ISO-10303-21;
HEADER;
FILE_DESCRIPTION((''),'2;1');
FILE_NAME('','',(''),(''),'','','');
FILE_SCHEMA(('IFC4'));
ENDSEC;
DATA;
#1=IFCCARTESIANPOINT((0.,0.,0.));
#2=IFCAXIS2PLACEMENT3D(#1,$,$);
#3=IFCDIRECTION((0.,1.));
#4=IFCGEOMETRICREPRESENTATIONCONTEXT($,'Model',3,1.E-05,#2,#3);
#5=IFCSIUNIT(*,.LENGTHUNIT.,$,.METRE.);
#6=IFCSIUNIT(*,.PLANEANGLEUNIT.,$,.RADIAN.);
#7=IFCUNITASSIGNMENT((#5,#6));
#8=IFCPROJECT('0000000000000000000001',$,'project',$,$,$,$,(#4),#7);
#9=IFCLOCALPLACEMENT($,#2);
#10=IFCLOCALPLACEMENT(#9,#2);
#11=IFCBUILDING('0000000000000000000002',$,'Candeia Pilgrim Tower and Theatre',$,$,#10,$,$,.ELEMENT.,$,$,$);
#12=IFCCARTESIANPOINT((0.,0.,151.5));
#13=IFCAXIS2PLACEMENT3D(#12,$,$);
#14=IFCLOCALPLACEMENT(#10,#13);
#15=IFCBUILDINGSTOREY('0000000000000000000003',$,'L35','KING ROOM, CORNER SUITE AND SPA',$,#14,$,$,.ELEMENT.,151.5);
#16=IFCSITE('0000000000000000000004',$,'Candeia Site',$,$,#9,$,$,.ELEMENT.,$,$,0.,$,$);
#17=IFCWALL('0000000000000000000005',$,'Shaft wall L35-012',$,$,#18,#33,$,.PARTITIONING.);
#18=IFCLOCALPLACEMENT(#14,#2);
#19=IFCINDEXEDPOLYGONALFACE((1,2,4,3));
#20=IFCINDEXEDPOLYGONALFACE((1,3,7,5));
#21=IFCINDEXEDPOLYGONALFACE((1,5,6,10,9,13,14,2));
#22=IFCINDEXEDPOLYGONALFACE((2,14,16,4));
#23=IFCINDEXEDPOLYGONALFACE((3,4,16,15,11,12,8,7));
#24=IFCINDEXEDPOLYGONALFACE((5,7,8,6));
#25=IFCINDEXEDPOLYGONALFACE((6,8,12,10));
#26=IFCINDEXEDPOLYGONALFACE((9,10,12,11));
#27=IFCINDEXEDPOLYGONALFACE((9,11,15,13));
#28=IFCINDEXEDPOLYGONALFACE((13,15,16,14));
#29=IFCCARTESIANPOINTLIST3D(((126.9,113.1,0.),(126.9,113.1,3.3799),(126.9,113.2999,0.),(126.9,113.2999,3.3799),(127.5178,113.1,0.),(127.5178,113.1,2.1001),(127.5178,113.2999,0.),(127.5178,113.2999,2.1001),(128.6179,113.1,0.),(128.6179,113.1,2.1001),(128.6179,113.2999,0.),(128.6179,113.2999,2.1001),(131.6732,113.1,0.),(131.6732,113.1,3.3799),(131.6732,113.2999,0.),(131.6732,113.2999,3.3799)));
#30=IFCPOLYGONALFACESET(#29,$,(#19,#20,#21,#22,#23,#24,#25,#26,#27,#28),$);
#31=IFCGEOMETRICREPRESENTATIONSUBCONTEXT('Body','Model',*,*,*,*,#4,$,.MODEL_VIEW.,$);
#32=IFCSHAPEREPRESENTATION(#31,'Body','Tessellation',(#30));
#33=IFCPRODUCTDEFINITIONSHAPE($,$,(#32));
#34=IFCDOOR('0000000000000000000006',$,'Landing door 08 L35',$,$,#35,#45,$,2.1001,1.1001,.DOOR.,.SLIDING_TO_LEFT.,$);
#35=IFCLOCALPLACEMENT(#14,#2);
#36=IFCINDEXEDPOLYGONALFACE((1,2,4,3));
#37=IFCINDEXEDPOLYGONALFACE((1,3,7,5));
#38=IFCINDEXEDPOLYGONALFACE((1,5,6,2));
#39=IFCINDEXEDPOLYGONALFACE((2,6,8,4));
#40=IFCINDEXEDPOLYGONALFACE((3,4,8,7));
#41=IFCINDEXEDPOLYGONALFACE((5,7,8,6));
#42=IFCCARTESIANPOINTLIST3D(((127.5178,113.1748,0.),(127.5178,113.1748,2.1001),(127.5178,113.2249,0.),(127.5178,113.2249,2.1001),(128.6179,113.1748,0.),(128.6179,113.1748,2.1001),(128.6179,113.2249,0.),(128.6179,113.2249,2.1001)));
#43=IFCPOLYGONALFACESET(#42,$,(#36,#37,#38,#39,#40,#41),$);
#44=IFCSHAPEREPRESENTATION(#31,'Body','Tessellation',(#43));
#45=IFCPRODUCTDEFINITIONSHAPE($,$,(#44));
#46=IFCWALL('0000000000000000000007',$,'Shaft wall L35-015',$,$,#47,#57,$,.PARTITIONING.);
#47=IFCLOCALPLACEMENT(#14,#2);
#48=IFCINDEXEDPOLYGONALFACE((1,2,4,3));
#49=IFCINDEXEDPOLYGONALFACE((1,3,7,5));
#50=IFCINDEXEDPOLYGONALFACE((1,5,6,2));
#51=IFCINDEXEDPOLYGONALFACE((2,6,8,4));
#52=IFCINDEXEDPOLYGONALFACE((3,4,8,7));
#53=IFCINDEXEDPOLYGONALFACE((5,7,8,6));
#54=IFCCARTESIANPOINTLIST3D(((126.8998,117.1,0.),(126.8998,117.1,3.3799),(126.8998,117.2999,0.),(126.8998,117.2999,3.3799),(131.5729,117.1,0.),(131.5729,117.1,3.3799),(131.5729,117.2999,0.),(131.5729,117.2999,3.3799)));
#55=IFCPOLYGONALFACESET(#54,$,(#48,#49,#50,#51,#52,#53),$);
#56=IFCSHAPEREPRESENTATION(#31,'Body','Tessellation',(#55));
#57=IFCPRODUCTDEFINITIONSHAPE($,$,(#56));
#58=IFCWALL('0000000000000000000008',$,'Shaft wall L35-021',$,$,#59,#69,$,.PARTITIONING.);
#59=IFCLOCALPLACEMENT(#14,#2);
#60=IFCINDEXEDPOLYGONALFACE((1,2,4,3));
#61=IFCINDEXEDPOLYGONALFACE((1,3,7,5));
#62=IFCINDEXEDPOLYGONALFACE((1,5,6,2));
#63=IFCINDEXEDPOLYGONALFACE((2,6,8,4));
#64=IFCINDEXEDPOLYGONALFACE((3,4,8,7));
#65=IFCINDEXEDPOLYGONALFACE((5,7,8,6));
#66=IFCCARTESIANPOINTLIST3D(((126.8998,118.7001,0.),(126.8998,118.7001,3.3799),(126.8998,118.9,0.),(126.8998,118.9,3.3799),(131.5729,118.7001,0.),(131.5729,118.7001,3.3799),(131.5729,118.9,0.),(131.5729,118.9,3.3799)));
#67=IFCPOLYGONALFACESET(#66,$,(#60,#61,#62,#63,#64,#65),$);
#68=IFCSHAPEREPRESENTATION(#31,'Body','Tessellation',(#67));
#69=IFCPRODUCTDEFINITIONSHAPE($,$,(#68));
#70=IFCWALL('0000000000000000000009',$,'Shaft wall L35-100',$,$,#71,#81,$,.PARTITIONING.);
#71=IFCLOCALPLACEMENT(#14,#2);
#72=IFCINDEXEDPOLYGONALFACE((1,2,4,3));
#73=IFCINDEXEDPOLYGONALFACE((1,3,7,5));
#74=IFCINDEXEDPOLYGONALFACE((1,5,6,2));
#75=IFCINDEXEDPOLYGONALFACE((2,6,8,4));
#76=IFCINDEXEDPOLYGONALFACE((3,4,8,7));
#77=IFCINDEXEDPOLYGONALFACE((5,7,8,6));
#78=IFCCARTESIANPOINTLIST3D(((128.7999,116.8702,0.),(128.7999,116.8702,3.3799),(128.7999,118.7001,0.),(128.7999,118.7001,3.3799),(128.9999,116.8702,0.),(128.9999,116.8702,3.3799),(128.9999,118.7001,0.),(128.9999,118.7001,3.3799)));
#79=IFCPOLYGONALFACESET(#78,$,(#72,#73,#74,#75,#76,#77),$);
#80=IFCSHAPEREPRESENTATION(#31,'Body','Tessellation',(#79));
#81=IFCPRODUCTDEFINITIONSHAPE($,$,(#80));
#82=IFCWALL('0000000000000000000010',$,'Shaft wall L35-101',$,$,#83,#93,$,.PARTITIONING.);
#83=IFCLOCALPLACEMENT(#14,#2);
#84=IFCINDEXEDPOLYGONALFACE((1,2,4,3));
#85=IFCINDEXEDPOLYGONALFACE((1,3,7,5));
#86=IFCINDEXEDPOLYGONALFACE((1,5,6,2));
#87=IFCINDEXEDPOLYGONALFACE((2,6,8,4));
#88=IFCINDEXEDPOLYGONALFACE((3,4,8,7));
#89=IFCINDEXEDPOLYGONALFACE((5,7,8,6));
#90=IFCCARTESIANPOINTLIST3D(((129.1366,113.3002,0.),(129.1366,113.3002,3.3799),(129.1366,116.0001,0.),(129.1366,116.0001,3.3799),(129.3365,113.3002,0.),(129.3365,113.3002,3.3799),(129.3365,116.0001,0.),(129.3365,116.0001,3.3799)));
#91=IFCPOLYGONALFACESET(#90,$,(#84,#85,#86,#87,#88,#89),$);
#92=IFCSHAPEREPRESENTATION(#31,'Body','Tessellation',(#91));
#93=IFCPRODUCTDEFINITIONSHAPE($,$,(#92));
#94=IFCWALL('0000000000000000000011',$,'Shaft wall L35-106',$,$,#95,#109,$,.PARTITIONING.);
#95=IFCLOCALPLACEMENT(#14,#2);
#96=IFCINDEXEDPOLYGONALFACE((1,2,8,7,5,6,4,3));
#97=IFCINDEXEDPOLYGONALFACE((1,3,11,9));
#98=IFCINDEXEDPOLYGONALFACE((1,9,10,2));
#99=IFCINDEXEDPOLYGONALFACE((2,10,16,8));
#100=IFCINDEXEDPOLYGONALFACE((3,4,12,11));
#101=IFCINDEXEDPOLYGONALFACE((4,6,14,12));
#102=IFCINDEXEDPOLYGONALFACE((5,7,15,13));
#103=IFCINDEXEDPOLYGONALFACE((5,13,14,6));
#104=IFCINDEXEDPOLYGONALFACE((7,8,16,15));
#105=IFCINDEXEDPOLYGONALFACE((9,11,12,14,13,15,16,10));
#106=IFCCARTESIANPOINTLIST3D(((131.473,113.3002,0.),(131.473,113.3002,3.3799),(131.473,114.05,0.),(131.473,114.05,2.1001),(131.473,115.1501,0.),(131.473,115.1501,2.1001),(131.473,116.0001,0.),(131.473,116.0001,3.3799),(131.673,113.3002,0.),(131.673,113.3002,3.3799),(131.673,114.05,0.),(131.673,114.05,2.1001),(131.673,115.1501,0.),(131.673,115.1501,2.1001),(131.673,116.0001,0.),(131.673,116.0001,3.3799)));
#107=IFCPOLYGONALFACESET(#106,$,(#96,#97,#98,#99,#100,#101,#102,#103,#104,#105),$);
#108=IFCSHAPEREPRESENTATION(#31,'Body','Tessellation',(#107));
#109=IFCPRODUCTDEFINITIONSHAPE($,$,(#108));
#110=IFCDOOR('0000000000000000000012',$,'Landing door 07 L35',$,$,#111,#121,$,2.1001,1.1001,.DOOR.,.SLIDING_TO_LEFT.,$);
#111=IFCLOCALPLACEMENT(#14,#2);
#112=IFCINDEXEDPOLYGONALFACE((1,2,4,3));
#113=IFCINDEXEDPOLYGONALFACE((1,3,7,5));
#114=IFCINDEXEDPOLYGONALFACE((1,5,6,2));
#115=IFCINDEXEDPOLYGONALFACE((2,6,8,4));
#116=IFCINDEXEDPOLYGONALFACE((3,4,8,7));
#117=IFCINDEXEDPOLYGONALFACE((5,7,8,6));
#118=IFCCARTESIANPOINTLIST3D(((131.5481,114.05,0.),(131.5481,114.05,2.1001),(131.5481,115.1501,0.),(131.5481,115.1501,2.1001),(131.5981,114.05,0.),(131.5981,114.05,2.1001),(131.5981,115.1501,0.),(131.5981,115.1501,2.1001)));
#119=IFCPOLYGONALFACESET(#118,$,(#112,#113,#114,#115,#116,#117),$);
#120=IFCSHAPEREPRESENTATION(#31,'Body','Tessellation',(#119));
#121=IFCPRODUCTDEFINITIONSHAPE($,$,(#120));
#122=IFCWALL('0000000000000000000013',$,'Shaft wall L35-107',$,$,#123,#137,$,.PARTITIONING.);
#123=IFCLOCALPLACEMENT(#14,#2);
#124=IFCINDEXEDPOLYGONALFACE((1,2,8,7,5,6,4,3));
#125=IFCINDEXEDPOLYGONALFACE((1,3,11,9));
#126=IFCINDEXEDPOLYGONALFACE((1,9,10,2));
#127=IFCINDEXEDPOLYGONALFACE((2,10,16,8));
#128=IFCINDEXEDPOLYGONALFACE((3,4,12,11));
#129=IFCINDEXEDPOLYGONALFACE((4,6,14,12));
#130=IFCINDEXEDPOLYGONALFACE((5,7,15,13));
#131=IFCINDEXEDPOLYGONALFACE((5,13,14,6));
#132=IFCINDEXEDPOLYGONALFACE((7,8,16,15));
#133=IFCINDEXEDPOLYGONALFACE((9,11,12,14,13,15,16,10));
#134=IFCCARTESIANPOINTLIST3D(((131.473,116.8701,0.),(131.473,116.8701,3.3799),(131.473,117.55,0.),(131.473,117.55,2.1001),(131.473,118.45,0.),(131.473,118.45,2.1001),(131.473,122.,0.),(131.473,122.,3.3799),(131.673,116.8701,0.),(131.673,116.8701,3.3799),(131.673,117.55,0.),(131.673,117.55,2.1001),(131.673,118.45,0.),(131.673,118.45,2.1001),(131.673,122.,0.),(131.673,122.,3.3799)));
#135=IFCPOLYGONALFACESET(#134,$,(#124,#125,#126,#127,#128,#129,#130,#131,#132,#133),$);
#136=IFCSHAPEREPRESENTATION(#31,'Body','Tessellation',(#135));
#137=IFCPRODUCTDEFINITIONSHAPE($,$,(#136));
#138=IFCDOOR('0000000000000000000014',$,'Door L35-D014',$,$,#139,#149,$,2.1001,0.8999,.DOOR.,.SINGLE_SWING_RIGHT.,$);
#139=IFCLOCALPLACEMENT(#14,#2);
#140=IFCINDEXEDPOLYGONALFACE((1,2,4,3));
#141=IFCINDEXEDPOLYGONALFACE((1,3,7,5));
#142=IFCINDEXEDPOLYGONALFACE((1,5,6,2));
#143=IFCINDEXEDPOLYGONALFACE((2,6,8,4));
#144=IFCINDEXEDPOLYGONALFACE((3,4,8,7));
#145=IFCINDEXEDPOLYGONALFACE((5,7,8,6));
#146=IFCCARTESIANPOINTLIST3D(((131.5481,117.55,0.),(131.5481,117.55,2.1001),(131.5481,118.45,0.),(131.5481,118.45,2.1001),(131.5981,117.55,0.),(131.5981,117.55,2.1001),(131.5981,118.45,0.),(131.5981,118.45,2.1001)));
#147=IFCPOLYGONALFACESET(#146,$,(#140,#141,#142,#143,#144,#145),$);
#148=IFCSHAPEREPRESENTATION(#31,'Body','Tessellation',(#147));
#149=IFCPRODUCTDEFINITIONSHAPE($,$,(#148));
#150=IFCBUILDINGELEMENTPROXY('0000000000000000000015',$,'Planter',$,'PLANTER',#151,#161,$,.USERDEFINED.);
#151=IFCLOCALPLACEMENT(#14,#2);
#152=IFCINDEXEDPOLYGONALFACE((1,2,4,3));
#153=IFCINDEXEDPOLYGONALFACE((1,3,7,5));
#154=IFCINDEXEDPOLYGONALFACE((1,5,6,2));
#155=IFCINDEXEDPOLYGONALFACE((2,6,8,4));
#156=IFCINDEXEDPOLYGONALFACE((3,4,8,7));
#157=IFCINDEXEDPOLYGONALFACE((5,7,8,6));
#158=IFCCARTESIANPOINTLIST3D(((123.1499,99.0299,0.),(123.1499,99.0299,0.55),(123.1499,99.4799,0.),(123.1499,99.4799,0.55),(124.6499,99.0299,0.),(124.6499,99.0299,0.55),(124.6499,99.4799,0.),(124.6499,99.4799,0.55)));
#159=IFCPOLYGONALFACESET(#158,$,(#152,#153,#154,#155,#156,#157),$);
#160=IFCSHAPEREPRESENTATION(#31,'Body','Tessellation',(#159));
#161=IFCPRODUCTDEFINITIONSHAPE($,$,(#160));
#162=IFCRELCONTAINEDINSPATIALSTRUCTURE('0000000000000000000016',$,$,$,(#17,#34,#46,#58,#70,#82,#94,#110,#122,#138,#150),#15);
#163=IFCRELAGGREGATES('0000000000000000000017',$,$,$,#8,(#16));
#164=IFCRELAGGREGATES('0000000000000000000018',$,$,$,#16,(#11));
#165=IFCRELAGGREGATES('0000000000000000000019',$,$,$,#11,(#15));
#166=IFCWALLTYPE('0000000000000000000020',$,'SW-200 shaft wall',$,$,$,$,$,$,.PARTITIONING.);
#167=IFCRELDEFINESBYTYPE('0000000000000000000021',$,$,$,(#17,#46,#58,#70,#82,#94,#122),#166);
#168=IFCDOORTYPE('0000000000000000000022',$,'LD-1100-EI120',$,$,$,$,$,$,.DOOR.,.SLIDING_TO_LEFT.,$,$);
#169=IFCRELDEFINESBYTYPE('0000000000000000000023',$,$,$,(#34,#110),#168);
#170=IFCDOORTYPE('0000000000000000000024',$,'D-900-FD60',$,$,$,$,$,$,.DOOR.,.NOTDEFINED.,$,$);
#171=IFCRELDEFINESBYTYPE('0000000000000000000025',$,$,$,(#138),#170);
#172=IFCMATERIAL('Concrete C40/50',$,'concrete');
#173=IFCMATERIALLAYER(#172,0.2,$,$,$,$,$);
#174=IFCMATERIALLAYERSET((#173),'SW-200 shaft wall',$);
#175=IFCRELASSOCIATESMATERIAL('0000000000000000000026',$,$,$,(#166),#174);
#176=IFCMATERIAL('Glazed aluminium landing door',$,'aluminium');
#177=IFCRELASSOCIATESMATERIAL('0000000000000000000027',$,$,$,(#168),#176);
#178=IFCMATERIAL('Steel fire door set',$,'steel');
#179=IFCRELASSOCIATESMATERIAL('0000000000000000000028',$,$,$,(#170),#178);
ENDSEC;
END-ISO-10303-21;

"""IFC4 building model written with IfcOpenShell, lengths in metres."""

from ifc_helpers import new_model, si_unit, direction, frame, frame_2d, origin, origin_2d, place, context, subcontext, project, spatial, rectangle, extrude, material, layer, layer_set, type_object, element, fill, save


model = new_model("IFC4")

# Units and contexts
model_context = context("Model", 3, precision=1e-05, world=origin(), true_north=direction((0.0, 1.0)))
body_context = subcontext(model_context, "Body", "Model", "MODEL_VIEW")
ifc_project = project(units=[si_unit("LENGTHUNIT", "METRE"), si_unit("PLANEANGLEUNIT", "RADIAN")], contexts=[model_context])

# Site, building, storey
site_placement = place(None, origin())
site = spatial("IfcSite", under=ifc_project, at=site_placement, Name="Candeia Site", CompositionType="ELEMENT", RefElevation=0.0)
building_placement = place(site_placement, origin())
building = spatial("IfcBuilding", under=site, at=building_placement, Name="Candeia Pilgrim Tower and Theatre", CompositionType="ELEMENT")
storey_placement = place(building_placement, frame((0.0, 0.0, 151.5)))
storey = spatial("IfcBuildingStorey", under=building, at=storey_placement, Name="L35", Description="KING ROOM, CORNER SUITE AND SPA", CompositionType="ELEMENT", Elevation=151.5)

# Shared definitions
ifc_material_1 = material(Name="Steel fire door set", Category="steel")

# Wall, opening, door
ifc_material_2 = material(Name="Concrete C40/50", Category="concrete")
ifc_layer_1 = layer(ifc_material_2, 0.2)
ifc_layer_set_1 = layer_set([ifc_layer_1], Name="SW-200 shaft wall")
wall_type_1 = type_object("IfcWallType", Name="SW-200 shaft wall", PredefinedType="PARTITIONING", material=ifc_layer_set_1)
wall_1_placement = place(storey_placement, frame((126.8999, 113.2, 0.0), z_axis=(0.0, 0.0, 1.0), x_axis=(1.0, 0.0, 0.0)))
wall_1 = element("IfcWall", 1, at=wall_1_placement, inside=storey, type_object=wall_type_1, Name="Shaft wall L35-012", PredefinedType="PARTITIONING", context=body_context, shape_type="SweptSolid", body=[
    extrude(rectangle(XDim=4.7732, YDim=0.2, at=frame_2d((2.3867, 0.0))), origin(), (0.0, 0.0, 1.0), 3.3799),
])
opening_1_placement = place(wall_1_placement, frame((0.6179, 0.0, 0.0)))
opening_1 = element("IfcOpeningElement", 2, at=opening_1_placement, cuts=wall_1, PredefinedType="OPENING", context=body_context, shape_type="SweptSolid", body=[
    extrude(rectangle(XDim=1.1001, YDim=2.1001, at=frame_2d((0.55, 1.05))), frame((0.0, 0.1099, 0.0), z_axis=(0.0, -1.0, 0.0), x_axis=(1.0, 0.0, 0.0)), (0.0, 0.0, 1.0), 0.22),
])
ifc_material_3 = material(Name="Glazed aluminium landing door", Category="aluminium")
door_type_1 = type_object("IfcDoorType", Name="LD-1100-EI120", OperationType="SLIDING_TO_LEFT", PredefinedType="DOOR", material=ifc_material_3)
door_1_placement = place(opening_1_placement, origin())
door_1 = element("IfcDoor", 3, at=door_1_placement, inside=storey, type_object=door_type_1, Name="Landing door 08 L35", OperationType="SLIDING_TO_LEFT", OverallHeight=2.1001, OverallWidth=1.1001, PredefinedType="DOOR", context=body_context, shape_type="SweptSolid", body=[
    extrude(rectangle(XDim=1.1001, YDim=2.1001, at=frame_2d((0.55, 1.05))), frame((0.0, 0.0249, 0.0), z_axis=(0.0, -1.0, 0.0), x_axis=(1.0, 0.0, 0.0)), (0.0, 0.0, 1.0), 0.05),
])
fill(opening_1, door_1)

# Walls
for number, where, z_axis, x_axis, name in (
    (4, (126.8999, 117.2, 0.0), (0.0, 0.0, 1.0), (1.0, 0.0, 0.0), "Shaft wall L35-015"),
    (5, (126.8999, 118.8, 0.0), (0.0, 0.0, 1.0), (1.0, 0.0, 0.0), "Shaft wall L35-021"),
):
    element("IfcWall", number, at=place(storey_placement, frame(where, z_axis=z_axis, x_axis=x_axis)), inside=storey, type_object=wall_type_1, Name=name, PredefinedType="PARTITIONING", context=body_context, shape_type="SweptSolid", body=[
        extrude(rectangle(XDim=4.6731, YDim=0.2, at=frame_2d((2.3364, 0.0))), origin(), (0.0, 0.0, 1.0), 3.3799),
    ])
wall_2_placement = place(storey_placement, frame((128.8999, 116.8701, 0.0), z_axis=(0.0, 0.0, 1.0), x_axis=(0.0, 1.0, 0.0)))
element("IfcWall", 6, at=wall_2_placement, inside=storey, type_object=wall_type_1, Name="Shaft wall L35-100", PredefinedType="PARTITIONING", context=body_context, shape_type="SweptSolid", body=[
    extrude(rectangle(XDim=1.8298, YDim=0.2, at=frame_2d((0.915, 0.0))), origin(), (0.0, 0.0, 1.0), 3.3799),
])
wall_3_placement = place(storey_placement, frame((129.2366, 113.3, 0.0), z_axis=(0.0, 0.0, 1.0), x_axis=(0.0, 1.0, 0.0)))
element("IfcWall", 7, at=wall_3_placement, inside=storey, type_object=wall_type_1, Name="Shaft wall L35-101", PredefinedType="PARTITIONING", context=body_context, shape_type="SweptSolid", body=[
    extrude(rectangle(XDim=2.7, YDim=0.2, at=frame_2d((1.3501, 0.0))), origin(), (0.0, 0.0, 1.0), 3.3799),
])

# Walls, openings, doors
wall_4_placement = place(storey_placement, frame((131.573, 113.3, 0.0), z_axis=(0.0, 0.0, 1.0), x_axis=(0.0, 1.0, 0.0)))
wall_4 = element("IfcWall", 8, at=wall_4_placement, inside=storey, type_object=wall_type_1, Name="Shaft wall L35-106", PredefinedType="PARTITIONING", context=body_context, shape_type="SweptSolid", body=[
    extrude(rectangle(XDim=2.7, YDim=0.2, at=frame_2d((1.3501, 0.0))), origin(), (0.0, 0.0, 1.0), 3.3799),
])
opening_2_placement = place(wall_4_placement, frame((0.75, 0.0, 0.0)))
opening_2 = element("IfcOpeningElement", 9, at=opening_2_placement, cuts=wall_4, PredefinedType="OPENING", context=body_context, shape_type="SweptSolid", body=[
    extrude(rectangle(XDim=1.1001, YDim=2.1001, at=frame_2d((0.55, 1.05))), frame((0.0, 0.1099, 0.0), z_axis=(0.0, -1.0, 0.0), x_axis=(1.0, 0.0, 0.0)), (0.0, 0.0, 1.0), 0.22),
])
door_2_placement = place(opening_2_placement, origin())
door_2 = element("IfcDoor", 10, at=door_2_placement, inside=storey, type_object=door_type_1, Name="Landing door 07 L35", OperationType="SLIDING_TO_LEFT", OverallHeight=2.1001, OverallWidth=1.1001, PredefinedType="DOOR", context=body_context, shape_type="SweptSolid", body=[
    extrude(rectangle(XDim=1.1001, YDim=2.1001, at=frame_2d((0.55, 1.05))), frame((0.0, 0.0249, 0.0), z_axis=(0.0, -1.0, 0.0), x_axis=(1.0, 0.0, 0.0)), (0.0, 0.0, 1.0), 0.05),
])
fill(opening_2, door_2)
wall_5_placement = place(storey_placement, frame((131.573, 116.8701, 0.0), z_axis=(0.0, 0.0, 1.0), x_axis=(0.0, 1.0, 0.0)))
wall_5 = element("IfcWall", 11, at=wall_5_placement, inside=storey, type_object=wall_type_1, Name="Shaft wall L35-107", PredefinedType="PARTITIONING", context=body_context, shape_type="SweptSolid", body=[
    extrude(rectangle(XDim=5.1299, YDim=0.2, at=frame_2d((2.5649, 0.0))), origin(), (0.0, 0.0, 1.0), 3.3799),
])
opening_3_placement = place(wall_5_placement, frame((0.6799, 0.0, 0.0)))
opening_3 = element("IfcOpeningElement", 12, at=opening_3_placement, cuts=wall_5, PredefinedType="OPENING", context=body_context, shape_type="SweptSolid", body=[
    extrude(rectangle(XDim=0.8999, YDim=2.1001, at=frame_2d((0.45, 1.05))), frame((0.0, 0.1099, 0.0), z_axis=(0.0, -1.0, 0.0), x_axis=(1.0, 0.0, 0.0)), (0.0, 0.0, 1.0), 0.22),
])
door_type_2 = type_object("IfcDoorType", Name="D-900-FD60", OperationType="NOTDEFINED", PredefinedType="DOOR", material=ifc_material_1)
door_3_placement = place(opening_3_placement, origin())
door_3 = element("IfcDoor", 13, at=door_3_placement, inside=storey, type_object=door_type_2, Name="Door L35-D014", OperationType="SINGLE_SWING_RIGHT", OverallHeight=2.1001, OverallWidth=0.8999, PredefinedType="DOOR", context=body_context, shape_type="SweptSolid", body=[
    extrude(rectangle(XDim=0.8999, YDim=2.1001, at=frame_2d((0.45, 1.05))), frame((0.0, 0.0249, 0.0), z_axis=(0.0, -1.0, 0.0), x_axis=(1.0, 0.0, 0.0)), (0.0, 0.0, 1.0), 0.05),
])
fill(opening_3, door_3)

# Building element proxy
proxy_placement = place(storey_placement, frame((123.8999, 99.2549, 0.0), z_axis=(0.0, 0.0, 1.0), x_axis=(1.0, 0.0, 0.0)))
element("IfcBuildingElementProxy", 14, at=proxy_placement, inside=storey, Name="Planter", ObjectType="PLANTER", PredefinedType="USERDEFINED", context=body_context, shape_type="SweptSolid", body=[
    extrude(rectangle(XDim=1.5, YDim=0.45, at=origin_2d()), origin(), (0.0, 0.0, 1.0), 0.55),
])

save(model, "model.ifc")
